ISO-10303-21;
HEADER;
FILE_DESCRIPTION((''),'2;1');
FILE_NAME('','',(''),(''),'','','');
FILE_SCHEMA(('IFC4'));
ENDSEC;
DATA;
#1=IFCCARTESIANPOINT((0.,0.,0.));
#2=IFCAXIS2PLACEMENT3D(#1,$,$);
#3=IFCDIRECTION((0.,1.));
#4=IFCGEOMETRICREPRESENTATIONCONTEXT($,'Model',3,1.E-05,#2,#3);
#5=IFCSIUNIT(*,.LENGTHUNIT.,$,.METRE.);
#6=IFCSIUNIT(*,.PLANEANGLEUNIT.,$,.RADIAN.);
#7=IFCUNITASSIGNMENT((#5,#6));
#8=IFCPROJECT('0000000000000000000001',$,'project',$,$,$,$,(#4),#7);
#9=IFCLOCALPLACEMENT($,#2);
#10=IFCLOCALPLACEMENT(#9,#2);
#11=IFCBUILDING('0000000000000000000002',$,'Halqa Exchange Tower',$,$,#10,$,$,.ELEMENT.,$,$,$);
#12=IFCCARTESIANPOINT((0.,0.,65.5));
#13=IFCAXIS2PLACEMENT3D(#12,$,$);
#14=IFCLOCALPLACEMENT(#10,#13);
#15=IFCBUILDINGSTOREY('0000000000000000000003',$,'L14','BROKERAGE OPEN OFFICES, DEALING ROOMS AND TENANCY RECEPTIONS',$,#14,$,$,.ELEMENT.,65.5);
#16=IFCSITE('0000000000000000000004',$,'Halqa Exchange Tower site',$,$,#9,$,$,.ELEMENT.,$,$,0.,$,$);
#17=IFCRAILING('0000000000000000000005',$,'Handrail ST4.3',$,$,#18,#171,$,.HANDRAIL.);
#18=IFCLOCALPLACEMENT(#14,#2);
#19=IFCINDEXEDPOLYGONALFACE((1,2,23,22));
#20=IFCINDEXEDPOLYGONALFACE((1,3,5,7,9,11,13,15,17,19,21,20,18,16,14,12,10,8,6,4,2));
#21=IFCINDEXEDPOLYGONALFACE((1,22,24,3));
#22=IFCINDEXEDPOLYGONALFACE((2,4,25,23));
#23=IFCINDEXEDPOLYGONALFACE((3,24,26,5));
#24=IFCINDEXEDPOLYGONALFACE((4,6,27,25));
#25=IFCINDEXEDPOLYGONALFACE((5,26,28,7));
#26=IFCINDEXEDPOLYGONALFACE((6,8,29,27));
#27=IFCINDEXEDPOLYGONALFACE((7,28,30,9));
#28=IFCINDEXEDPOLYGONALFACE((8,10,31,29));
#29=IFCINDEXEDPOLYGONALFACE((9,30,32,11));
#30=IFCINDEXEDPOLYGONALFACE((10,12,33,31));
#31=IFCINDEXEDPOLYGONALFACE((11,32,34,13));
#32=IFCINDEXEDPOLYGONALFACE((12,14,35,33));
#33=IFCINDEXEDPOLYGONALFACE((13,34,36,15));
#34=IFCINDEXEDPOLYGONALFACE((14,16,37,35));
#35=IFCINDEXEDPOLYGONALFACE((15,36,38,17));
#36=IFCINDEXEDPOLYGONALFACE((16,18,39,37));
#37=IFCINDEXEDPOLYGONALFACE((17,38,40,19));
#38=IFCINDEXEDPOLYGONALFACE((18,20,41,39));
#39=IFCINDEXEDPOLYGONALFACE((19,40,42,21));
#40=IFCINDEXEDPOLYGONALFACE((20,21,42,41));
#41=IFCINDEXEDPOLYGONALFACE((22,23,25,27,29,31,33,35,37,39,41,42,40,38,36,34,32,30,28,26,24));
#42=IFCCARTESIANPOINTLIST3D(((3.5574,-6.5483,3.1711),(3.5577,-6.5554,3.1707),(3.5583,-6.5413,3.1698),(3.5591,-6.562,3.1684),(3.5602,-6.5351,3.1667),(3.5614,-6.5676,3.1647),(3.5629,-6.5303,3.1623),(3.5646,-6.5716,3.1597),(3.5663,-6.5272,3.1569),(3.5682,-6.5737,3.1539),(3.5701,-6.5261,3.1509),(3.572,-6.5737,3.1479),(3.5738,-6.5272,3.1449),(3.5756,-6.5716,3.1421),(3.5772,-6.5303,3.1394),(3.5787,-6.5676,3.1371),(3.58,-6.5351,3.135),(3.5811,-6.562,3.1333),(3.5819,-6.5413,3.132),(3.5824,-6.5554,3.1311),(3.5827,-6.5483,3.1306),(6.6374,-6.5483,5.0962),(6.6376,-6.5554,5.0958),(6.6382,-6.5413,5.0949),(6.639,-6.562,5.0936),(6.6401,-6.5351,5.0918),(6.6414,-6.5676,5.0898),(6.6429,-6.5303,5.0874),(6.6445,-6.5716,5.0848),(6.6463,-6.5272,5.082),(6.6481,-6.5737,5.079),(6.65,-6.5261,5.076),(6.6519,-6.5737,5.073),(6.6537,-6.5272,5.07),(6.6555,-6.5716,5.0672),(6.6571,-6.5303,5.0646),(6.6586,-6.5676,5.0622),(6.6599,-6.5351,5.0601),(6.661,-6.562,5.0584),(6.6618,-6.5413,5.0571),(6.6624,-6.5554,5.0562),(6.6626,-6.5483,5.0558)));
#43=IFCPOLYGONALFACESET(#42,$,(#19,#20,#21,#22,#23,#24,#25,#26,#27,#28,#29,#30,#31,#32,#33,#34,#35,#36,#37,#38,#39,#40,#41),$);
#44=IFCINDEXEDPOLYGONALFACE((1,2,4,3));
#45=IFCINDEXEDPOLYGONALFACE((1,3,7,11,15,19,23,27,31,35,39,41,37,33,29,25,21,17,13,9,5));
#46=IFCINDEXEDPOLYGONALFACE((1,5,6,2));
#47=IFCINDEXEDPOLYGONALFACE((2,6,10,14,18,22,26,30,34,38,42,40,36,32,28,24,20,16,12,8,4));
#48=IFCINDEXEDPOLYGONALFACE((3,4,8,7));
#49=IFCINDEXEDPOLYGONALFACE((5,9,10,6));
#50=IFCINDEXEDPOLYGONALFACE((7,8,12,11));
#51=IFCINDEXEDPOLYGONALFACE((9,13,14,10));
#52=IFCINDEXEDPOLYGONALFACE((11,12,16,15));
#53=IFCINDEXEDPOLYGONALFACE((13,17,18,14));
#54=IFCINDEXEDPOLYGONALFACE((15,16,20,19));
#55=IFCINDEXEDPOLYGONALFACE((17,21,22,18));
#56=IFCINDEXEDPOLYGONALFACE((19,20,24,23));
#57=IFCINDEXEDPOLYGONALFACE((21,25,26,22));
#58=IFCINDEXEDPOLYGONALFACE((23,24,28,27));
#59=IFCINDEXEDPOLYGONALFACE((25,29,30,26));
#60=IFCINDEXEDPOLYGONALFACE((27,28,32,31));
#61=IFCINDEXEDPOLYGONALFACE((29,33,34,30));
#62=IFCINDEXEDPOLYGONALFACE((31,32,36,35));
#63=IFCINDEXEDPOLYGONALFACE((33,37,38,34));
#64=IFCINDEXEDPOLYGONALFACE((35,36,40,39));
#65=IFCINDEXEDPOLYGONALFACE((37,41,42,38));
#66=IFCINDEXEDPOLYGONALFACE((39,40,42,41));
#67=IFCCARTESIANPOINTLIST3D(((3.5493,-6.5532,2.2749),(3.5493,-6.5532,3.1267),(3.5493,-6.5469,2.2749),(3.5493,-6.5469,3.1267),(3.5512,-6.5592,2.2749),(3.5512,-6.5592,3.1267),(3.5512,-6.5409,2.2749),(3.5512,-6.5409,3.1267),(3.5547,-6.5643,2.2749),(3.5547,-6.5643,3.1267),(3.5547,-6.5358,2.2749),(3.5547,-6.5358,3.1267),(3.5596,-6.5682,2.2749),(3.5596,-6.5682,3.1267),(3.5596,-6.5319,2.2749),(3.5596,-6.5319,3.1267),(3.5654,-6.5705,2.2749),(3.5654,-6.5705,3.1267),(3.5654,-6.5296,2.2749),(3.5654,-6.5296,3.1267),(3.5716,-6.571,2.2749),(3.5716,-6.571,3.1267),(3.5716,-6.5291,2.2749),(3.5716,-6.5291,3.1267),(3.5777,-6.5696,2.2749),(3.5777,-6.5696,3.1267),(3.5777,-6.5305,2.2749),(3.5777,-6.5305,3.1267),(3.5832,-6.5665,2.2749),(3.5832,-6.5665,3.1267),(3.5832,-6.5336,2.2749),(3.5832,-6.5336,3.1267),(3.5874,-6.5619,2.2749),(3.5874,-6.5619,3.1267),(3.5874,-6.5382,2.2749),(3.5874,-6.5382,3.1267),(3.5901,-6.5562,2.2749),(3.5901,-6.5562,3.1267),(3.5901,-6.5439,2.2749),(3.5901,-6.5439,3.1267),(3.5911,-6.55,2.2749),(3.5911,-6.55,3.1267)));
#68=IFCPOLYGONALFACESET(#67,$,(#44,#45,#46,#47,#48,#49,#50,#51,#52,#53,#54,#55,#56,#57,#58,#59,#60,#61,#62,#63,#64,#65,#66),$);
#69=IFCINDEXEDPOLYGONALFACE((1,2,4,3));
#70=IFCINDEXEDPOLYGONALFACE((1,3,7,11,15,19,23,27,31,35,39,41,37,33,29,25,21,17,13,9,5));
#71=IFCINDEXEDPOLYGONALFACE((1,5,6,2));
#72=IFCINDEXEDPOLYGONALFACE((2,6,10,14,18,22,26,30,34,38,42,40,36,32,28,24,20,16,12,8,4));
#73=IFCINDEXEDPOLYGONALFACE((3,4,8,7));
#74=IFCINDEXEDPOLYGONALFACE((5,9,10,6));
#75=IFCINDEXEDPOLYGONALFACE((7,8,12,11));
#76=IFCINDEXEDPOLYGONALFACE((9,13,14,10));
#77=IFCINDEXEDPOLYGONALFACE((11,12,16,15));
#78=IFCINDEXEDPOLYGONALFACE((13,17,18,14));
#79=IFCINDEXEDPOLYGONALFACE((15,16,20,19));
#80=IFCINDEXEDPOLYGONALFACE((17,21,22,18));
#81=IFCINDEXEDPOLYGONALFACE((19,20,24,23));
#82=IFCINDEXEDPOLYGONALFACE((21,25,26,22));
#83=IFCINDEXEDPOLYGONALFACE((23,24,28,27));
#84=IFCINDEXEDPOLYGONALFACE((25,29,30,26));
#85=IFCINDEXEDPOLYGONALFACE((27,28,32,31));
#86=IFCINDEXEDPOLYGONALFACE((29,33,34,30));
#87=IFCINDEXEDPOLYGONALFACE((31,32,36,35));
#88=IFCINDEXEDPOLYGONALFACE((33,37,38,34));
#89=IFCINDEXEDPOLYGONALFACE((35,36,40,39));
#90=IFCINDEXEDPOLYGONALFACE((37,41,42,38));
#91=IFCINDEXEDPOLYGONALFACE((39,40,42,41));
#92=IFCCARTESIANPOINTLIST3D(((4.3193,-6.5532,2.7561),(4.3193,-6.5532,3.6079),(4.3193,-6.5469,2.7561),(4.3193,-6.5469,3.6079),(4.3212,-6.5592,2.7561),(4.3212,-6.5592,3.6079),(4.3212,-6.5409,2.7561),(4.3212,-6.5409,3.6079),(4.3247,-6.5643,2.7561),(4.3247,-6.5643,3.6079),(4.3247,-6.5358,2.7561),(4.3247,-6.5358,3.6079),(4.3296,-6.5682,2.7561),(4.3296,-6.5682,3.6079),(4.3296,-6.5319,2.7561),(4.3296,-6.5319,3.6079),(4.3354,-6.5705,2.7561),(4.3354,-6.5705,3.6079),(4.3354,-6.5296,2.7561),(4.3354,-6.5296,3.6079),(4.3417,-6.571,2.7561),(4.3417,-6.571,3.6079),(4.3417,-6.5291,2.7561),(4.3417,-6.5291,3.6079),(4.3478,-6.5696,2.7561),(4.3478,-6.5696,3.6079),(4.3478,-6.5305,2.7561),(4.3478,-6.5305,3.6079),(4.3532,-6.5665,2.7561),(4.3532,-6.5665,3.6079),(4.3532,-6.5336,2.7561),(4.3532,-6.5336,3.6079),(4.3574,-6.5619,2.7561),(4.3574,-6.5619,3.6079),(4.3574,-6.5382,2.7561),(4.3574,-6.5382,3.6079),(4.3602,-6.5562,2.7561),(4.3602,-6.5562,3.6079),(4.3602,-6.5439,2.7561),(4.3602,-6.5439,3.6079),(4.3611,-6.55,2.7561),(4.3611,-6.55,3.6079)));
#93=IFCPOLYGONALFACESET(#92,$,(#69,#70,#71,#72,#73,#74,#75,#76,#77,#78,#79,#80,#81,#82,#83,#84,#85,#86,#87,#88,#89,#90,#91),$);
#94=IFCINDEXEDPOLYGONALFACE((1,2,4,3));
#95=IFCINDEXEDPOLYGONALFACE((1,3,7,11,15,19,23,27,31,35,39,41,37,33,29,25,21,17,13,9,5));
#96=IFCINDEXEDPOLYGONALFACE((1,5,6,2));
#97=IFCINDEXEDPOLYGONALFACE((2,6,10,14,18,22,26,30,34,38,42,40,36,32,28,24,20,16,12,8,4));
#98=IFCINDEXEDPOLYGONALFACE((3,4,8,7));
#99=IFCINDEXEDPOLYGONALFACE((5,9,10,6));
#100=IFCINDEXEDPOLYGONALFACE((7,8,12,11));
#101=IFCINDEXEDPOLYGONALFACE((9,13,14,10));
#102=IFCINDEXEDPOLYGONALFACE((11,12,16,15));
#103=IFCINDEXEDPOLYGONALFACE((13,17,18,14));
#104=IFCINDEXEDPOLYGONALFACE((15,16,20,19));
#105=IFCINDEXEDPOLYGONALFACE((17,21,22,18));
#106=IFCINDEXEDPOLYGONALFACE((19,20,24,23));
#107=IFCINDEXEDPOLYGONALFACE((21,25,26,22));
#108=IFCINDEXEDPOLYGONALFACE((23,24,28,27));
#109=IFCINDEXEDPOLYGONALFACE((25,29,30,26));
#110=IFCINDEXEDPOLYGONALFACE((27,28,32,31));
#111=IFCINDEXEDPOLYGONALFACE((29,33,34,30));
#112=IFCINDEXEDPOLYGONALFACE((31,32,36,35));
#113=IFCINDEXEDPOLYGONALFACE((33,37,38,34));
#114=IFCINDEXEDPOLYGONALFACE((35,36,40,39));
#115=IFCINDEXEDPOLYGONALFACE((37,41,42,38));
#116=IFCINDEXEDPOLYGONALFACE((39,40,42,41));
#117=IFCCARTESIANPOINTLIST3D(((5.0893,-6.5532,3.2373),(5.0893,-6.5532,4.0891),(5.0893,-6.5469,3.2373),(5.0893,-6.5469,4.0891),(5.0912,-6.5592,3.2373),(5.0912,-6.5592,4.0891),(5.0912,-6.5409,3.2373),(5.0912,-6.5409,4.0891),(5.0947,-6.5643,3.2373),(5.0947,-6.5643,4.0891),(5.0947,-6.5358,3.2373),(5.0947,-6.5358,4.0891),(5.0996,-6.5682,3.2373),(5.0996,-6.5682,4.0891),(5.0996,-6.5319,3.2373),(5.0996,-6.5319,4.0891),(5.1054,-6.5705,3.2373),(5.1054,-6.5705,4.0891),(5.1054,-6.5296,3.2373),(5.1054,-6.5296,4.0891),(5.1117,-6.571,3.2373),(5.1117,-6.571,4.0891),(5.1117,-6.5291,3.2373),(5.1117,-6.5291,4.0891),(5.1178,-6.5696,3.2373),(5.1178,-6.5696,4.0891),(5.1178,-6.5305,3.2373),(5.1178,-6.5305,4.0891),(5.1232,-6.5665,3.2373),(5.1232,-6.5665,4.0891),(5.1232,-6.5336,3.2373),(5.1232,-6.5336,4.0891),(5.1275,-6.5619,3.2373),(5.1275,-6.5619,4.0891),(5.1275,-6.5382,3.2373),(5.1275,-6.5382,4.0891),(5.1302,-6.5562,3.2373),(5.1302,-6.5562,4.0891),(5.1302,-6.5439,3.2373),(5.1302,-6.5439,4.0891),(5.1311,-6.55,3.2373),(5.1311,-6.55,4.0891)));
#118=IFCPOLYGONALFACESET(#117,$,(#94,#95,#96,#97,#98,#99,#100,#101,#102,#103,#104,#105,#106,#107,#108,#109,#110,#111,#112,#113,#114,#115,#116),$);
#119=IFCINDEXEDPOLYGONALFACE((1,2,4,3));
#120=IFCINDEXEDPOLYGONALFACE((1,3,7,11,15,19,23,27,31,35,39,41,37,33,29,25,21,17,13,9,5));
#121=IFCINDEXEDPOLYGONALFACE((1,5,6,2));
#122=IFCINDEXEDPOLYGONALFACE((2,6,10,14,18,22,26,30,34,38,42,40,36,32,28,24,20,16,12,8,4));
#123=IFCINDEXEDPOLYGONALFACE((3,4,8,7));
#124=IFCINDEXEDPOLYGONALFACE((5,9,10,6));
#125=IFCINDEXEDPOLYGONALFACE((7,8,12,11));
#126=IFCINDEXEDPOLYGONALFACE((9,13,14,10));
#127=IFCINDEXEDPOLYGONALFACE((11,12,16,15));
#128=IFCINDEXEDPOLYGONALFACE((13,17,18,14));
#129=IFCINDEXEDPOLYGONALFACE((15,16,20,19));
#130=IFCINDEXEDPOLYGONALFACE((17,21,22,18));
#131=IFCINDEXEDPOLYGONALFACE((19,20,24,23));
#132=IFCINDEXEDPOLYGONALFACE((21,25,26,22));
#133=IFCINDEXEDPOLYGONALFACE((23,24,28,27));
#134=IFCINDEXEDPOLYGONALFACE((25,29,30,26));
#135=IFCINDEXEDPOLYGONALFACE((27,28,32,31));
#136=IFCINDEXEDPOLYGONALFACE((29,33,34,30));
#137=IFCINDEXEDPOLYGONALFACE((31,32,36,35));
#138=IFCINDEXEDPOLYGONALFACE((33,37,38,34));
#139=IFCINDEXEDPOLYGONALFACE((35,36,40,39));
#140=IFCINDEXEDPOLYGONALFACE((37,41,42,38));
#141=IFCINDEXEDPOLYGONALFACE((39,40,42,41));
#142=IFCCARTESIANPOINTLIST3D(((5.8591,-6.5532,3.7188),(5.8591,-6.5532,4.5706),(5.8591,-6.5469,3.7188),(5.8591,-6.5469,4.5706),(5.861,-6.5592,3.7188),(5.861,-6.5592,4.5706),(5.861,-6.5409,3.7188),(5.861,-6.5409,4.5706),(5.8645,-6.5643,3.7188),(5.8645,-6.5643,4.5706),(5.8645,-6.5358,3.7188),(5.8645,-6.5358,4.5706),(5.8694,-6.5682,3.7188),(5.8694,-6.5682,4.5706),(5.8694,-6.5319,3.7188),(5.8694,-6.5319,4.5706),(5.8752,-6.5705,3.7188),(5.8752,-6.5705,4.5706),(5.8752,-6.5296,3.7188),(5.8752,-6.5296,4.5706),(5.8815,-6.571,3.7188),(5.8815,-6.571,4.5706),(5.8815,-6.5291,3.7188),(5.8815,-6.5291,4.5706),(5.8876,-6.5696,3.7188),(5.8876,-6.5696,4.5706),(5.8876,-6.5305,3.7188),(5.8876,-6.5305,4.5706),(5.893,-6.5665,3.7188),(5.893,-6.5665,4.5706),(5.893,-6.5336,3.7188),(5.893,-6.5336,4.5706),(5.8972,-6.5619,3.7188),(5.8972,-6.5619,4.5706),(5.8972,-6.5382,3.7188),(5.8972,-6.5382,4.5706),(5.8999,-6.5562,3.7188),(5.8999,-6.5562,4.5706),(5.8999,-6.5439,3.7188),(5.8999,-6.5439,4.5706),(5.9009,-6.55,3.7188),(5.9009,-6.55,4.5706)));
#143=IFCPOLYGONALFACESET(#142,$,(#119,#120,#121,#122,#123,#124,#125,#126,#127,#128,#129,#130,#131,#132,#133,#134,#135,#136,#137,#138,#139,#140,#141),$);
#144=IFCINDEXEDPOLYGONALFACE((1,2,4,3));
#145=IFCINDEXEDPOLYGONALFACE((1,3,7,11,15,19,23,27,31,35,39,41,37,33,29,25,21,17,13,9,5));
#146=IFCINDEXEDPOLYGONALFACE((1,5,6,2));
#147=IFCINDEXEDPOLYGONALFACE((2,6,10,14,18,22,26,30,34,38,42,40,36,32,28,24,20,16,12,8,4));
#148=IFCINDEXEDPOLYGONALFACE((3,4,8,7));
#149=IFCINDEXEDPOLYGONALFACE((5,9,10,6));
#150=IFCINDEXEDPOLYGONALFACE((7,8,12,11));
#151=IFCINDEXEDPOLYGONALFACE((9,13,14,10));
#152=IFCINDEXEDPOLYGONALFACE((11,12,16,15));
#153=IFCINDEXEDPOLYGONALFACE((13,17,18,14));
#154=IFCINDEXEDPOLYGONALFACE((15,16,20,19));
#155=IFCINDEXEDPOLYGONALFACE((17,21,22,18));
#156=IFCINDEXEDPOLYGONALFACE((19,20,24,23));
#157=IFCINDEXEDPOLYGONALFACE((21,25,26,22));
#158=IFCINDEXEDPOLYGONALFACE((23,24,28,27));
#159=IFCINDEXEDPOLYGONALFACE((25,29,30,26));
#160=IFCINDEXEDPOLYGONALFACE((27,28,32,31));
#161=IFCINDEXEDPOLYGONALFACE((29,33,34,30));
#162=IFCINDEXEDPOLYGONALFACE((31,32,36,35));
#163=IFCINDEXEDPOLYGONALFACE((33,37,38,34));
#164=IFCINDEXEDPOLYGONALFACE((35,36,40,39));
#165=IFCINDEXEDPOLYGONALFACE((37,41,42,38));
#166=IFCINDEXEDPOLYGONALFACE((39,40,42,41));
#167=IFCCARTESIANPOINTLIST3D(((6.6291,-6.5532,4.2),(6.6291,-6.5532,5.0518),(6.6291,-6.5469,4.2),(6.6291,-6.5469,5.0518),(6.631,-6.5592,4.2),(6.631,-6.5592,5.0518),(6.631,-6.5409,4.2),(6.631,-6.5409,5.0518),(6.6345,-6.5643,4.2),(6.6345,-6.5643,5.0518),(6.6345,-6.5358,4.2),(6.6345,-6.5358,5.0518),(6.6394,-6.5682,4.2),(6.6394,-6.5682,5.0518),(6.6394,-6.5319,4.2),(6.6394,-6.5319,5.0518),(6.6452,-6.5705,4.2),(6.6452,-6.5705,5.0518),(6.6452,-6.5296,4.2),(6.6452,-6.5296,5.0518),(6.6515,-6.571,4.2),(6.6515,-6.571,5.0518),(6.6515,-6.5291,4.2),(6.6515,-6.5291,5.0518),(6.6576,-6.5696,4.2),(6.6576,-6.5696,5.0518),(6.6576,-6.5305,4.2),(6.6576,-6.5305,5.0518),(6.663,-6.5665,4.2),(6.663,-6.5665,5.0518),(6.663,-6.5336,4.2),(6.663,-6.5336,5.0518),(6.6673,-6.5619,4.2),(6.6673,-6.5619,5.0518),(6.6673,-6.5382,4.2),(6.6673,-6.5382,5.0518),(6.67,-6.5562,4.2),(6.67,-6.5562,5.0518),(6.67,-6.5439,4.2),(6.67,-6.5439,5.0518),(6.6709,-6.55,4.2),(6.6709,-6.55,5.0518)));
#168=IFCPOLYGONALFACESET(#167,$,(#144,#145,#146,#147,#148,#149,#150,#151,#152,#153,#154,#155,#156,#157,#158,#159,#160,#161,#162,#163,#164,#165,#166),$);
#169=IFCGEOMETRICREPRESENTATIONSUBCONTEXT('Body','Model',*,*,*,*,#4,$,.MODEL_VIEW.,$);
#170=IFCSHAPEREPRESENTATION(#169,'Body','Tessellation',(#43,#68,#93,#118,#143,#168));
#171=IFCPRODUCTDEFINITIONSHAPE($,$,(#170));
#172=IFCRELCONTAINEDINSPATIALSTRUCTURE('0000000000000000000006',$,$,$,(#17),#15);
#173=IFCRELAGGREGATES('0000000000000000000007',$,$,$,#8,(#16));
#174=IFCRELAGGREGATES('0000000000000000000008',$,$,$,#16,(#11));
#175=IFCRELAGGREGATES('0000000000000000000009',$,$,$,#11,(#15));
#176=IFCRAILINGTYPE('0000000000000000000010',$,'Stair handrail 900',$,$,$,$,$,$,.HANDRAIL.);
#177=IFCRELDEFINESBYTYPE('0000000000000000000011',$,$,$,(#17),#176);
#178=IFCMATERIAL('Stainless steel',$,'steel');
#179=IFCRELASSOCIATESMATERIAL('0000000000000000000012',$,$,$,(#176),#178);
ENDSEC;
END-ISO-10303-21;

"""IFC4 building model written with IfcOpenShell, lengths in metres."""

from ifc_helpers import new_model, si_unit, direction, frame, origin, origin_2d, place, context, subcontext, project, spatial, circle, extrude, material, type_object, element, save


model = new_model("IFC4")

# Units and contexts
model_context = context("Model", 3, precision=1e-05, world=origin(), true_north=direction((0.0, 1.0)))
body_context = subcontext(model_context, "Body", "Model", "MODEL_VIEW")
ifc_project = project(units=[si_unit("LENGTHUNIT", "METRE"), si_unit("PLANEANGLEUNIT", "RADIAN")], contexts=[model_context])

# Site, building, storey
site_placement = place(None, origin())
site = spatial("IfcSite", under=ifc_project, at=site_placement, Name="Halqa Exchange Tower site", CompositionType="ELEMENT", RefElevation=0.0)
building_placement = place(site_placement, origin())
building = spatial("IfcBuilding", under=site, at=building_placement, Name="Halqa Exchange Tower", CompositionType="ELEMENT")
storey_placement = place(building_placement, frame((0.0, 0.0, 65.5)))
storey = spatial("IfcBuildingStorey", under=building, at=storey_placement, Name="L14", Description="BROKERAGE OPEN OFFICES, DEALING ROOMS AND TENANCY RECEPTIONS", CompositionType="ELEMENT", Elevation=65.5)

# Railing
ifc_material_1 = material(Name="Stainless steel", Category="steel")
railing_type_1 = type_object("IfcRailingType", Name="Stair handrail 900", PredefinedType="HANDRAIL", material=ifc_material_1)
railing_1_placement = place(storey_placement, frame((3.5701, -6.55, 2.2749)))
element("IfcRailing", 1, at=railing_1_placement, inside=storey, type_object=railing_type_1, Name="Handrail ST4.3", PredefinedType="HANDRAIL", context=body_context, shape_type="SweptSolid", body=[
    extrude(circle(Radius=0.0239, at=origin_2d()), frame((0.0, 0.0, 0.876), z_axis=(0.847979, 0.0, 0.530029), x_axis=(0.0, 1.0, 0.0)), (0.0, 0.0, 1.0), 3.6321),
    extrude(circle(Radius=0.021, at=origin_2d()), origin(), (0.0, 0.0, 1.0), 0.8518),
    extrude(circle(Radius=0.021, at=origin_2d()), frame((0.77, 0.0, 0.4812)), (0.0, 0.0, 1.0), 0.8518),
    extrude(circle(Radius=0.021, at=origin_2d()), frame((1.54, 0.0, 0.9624)), (0.0, 0.0, 1.0), 0.8518),
    extrude(circle(Radius=0.021, at=origin_2d()), frame((2.3098, 0.0, 1.4438)), (0.0, 0.0, 1.0), 0.8518),
    extrude(circle(Radius=0.021, at=origin_2d()), frame((3.0798, 0.0, 1.925)), (0.0, 0.0, 1.0), 0.8518),
])

save(model, "model.ifc")
